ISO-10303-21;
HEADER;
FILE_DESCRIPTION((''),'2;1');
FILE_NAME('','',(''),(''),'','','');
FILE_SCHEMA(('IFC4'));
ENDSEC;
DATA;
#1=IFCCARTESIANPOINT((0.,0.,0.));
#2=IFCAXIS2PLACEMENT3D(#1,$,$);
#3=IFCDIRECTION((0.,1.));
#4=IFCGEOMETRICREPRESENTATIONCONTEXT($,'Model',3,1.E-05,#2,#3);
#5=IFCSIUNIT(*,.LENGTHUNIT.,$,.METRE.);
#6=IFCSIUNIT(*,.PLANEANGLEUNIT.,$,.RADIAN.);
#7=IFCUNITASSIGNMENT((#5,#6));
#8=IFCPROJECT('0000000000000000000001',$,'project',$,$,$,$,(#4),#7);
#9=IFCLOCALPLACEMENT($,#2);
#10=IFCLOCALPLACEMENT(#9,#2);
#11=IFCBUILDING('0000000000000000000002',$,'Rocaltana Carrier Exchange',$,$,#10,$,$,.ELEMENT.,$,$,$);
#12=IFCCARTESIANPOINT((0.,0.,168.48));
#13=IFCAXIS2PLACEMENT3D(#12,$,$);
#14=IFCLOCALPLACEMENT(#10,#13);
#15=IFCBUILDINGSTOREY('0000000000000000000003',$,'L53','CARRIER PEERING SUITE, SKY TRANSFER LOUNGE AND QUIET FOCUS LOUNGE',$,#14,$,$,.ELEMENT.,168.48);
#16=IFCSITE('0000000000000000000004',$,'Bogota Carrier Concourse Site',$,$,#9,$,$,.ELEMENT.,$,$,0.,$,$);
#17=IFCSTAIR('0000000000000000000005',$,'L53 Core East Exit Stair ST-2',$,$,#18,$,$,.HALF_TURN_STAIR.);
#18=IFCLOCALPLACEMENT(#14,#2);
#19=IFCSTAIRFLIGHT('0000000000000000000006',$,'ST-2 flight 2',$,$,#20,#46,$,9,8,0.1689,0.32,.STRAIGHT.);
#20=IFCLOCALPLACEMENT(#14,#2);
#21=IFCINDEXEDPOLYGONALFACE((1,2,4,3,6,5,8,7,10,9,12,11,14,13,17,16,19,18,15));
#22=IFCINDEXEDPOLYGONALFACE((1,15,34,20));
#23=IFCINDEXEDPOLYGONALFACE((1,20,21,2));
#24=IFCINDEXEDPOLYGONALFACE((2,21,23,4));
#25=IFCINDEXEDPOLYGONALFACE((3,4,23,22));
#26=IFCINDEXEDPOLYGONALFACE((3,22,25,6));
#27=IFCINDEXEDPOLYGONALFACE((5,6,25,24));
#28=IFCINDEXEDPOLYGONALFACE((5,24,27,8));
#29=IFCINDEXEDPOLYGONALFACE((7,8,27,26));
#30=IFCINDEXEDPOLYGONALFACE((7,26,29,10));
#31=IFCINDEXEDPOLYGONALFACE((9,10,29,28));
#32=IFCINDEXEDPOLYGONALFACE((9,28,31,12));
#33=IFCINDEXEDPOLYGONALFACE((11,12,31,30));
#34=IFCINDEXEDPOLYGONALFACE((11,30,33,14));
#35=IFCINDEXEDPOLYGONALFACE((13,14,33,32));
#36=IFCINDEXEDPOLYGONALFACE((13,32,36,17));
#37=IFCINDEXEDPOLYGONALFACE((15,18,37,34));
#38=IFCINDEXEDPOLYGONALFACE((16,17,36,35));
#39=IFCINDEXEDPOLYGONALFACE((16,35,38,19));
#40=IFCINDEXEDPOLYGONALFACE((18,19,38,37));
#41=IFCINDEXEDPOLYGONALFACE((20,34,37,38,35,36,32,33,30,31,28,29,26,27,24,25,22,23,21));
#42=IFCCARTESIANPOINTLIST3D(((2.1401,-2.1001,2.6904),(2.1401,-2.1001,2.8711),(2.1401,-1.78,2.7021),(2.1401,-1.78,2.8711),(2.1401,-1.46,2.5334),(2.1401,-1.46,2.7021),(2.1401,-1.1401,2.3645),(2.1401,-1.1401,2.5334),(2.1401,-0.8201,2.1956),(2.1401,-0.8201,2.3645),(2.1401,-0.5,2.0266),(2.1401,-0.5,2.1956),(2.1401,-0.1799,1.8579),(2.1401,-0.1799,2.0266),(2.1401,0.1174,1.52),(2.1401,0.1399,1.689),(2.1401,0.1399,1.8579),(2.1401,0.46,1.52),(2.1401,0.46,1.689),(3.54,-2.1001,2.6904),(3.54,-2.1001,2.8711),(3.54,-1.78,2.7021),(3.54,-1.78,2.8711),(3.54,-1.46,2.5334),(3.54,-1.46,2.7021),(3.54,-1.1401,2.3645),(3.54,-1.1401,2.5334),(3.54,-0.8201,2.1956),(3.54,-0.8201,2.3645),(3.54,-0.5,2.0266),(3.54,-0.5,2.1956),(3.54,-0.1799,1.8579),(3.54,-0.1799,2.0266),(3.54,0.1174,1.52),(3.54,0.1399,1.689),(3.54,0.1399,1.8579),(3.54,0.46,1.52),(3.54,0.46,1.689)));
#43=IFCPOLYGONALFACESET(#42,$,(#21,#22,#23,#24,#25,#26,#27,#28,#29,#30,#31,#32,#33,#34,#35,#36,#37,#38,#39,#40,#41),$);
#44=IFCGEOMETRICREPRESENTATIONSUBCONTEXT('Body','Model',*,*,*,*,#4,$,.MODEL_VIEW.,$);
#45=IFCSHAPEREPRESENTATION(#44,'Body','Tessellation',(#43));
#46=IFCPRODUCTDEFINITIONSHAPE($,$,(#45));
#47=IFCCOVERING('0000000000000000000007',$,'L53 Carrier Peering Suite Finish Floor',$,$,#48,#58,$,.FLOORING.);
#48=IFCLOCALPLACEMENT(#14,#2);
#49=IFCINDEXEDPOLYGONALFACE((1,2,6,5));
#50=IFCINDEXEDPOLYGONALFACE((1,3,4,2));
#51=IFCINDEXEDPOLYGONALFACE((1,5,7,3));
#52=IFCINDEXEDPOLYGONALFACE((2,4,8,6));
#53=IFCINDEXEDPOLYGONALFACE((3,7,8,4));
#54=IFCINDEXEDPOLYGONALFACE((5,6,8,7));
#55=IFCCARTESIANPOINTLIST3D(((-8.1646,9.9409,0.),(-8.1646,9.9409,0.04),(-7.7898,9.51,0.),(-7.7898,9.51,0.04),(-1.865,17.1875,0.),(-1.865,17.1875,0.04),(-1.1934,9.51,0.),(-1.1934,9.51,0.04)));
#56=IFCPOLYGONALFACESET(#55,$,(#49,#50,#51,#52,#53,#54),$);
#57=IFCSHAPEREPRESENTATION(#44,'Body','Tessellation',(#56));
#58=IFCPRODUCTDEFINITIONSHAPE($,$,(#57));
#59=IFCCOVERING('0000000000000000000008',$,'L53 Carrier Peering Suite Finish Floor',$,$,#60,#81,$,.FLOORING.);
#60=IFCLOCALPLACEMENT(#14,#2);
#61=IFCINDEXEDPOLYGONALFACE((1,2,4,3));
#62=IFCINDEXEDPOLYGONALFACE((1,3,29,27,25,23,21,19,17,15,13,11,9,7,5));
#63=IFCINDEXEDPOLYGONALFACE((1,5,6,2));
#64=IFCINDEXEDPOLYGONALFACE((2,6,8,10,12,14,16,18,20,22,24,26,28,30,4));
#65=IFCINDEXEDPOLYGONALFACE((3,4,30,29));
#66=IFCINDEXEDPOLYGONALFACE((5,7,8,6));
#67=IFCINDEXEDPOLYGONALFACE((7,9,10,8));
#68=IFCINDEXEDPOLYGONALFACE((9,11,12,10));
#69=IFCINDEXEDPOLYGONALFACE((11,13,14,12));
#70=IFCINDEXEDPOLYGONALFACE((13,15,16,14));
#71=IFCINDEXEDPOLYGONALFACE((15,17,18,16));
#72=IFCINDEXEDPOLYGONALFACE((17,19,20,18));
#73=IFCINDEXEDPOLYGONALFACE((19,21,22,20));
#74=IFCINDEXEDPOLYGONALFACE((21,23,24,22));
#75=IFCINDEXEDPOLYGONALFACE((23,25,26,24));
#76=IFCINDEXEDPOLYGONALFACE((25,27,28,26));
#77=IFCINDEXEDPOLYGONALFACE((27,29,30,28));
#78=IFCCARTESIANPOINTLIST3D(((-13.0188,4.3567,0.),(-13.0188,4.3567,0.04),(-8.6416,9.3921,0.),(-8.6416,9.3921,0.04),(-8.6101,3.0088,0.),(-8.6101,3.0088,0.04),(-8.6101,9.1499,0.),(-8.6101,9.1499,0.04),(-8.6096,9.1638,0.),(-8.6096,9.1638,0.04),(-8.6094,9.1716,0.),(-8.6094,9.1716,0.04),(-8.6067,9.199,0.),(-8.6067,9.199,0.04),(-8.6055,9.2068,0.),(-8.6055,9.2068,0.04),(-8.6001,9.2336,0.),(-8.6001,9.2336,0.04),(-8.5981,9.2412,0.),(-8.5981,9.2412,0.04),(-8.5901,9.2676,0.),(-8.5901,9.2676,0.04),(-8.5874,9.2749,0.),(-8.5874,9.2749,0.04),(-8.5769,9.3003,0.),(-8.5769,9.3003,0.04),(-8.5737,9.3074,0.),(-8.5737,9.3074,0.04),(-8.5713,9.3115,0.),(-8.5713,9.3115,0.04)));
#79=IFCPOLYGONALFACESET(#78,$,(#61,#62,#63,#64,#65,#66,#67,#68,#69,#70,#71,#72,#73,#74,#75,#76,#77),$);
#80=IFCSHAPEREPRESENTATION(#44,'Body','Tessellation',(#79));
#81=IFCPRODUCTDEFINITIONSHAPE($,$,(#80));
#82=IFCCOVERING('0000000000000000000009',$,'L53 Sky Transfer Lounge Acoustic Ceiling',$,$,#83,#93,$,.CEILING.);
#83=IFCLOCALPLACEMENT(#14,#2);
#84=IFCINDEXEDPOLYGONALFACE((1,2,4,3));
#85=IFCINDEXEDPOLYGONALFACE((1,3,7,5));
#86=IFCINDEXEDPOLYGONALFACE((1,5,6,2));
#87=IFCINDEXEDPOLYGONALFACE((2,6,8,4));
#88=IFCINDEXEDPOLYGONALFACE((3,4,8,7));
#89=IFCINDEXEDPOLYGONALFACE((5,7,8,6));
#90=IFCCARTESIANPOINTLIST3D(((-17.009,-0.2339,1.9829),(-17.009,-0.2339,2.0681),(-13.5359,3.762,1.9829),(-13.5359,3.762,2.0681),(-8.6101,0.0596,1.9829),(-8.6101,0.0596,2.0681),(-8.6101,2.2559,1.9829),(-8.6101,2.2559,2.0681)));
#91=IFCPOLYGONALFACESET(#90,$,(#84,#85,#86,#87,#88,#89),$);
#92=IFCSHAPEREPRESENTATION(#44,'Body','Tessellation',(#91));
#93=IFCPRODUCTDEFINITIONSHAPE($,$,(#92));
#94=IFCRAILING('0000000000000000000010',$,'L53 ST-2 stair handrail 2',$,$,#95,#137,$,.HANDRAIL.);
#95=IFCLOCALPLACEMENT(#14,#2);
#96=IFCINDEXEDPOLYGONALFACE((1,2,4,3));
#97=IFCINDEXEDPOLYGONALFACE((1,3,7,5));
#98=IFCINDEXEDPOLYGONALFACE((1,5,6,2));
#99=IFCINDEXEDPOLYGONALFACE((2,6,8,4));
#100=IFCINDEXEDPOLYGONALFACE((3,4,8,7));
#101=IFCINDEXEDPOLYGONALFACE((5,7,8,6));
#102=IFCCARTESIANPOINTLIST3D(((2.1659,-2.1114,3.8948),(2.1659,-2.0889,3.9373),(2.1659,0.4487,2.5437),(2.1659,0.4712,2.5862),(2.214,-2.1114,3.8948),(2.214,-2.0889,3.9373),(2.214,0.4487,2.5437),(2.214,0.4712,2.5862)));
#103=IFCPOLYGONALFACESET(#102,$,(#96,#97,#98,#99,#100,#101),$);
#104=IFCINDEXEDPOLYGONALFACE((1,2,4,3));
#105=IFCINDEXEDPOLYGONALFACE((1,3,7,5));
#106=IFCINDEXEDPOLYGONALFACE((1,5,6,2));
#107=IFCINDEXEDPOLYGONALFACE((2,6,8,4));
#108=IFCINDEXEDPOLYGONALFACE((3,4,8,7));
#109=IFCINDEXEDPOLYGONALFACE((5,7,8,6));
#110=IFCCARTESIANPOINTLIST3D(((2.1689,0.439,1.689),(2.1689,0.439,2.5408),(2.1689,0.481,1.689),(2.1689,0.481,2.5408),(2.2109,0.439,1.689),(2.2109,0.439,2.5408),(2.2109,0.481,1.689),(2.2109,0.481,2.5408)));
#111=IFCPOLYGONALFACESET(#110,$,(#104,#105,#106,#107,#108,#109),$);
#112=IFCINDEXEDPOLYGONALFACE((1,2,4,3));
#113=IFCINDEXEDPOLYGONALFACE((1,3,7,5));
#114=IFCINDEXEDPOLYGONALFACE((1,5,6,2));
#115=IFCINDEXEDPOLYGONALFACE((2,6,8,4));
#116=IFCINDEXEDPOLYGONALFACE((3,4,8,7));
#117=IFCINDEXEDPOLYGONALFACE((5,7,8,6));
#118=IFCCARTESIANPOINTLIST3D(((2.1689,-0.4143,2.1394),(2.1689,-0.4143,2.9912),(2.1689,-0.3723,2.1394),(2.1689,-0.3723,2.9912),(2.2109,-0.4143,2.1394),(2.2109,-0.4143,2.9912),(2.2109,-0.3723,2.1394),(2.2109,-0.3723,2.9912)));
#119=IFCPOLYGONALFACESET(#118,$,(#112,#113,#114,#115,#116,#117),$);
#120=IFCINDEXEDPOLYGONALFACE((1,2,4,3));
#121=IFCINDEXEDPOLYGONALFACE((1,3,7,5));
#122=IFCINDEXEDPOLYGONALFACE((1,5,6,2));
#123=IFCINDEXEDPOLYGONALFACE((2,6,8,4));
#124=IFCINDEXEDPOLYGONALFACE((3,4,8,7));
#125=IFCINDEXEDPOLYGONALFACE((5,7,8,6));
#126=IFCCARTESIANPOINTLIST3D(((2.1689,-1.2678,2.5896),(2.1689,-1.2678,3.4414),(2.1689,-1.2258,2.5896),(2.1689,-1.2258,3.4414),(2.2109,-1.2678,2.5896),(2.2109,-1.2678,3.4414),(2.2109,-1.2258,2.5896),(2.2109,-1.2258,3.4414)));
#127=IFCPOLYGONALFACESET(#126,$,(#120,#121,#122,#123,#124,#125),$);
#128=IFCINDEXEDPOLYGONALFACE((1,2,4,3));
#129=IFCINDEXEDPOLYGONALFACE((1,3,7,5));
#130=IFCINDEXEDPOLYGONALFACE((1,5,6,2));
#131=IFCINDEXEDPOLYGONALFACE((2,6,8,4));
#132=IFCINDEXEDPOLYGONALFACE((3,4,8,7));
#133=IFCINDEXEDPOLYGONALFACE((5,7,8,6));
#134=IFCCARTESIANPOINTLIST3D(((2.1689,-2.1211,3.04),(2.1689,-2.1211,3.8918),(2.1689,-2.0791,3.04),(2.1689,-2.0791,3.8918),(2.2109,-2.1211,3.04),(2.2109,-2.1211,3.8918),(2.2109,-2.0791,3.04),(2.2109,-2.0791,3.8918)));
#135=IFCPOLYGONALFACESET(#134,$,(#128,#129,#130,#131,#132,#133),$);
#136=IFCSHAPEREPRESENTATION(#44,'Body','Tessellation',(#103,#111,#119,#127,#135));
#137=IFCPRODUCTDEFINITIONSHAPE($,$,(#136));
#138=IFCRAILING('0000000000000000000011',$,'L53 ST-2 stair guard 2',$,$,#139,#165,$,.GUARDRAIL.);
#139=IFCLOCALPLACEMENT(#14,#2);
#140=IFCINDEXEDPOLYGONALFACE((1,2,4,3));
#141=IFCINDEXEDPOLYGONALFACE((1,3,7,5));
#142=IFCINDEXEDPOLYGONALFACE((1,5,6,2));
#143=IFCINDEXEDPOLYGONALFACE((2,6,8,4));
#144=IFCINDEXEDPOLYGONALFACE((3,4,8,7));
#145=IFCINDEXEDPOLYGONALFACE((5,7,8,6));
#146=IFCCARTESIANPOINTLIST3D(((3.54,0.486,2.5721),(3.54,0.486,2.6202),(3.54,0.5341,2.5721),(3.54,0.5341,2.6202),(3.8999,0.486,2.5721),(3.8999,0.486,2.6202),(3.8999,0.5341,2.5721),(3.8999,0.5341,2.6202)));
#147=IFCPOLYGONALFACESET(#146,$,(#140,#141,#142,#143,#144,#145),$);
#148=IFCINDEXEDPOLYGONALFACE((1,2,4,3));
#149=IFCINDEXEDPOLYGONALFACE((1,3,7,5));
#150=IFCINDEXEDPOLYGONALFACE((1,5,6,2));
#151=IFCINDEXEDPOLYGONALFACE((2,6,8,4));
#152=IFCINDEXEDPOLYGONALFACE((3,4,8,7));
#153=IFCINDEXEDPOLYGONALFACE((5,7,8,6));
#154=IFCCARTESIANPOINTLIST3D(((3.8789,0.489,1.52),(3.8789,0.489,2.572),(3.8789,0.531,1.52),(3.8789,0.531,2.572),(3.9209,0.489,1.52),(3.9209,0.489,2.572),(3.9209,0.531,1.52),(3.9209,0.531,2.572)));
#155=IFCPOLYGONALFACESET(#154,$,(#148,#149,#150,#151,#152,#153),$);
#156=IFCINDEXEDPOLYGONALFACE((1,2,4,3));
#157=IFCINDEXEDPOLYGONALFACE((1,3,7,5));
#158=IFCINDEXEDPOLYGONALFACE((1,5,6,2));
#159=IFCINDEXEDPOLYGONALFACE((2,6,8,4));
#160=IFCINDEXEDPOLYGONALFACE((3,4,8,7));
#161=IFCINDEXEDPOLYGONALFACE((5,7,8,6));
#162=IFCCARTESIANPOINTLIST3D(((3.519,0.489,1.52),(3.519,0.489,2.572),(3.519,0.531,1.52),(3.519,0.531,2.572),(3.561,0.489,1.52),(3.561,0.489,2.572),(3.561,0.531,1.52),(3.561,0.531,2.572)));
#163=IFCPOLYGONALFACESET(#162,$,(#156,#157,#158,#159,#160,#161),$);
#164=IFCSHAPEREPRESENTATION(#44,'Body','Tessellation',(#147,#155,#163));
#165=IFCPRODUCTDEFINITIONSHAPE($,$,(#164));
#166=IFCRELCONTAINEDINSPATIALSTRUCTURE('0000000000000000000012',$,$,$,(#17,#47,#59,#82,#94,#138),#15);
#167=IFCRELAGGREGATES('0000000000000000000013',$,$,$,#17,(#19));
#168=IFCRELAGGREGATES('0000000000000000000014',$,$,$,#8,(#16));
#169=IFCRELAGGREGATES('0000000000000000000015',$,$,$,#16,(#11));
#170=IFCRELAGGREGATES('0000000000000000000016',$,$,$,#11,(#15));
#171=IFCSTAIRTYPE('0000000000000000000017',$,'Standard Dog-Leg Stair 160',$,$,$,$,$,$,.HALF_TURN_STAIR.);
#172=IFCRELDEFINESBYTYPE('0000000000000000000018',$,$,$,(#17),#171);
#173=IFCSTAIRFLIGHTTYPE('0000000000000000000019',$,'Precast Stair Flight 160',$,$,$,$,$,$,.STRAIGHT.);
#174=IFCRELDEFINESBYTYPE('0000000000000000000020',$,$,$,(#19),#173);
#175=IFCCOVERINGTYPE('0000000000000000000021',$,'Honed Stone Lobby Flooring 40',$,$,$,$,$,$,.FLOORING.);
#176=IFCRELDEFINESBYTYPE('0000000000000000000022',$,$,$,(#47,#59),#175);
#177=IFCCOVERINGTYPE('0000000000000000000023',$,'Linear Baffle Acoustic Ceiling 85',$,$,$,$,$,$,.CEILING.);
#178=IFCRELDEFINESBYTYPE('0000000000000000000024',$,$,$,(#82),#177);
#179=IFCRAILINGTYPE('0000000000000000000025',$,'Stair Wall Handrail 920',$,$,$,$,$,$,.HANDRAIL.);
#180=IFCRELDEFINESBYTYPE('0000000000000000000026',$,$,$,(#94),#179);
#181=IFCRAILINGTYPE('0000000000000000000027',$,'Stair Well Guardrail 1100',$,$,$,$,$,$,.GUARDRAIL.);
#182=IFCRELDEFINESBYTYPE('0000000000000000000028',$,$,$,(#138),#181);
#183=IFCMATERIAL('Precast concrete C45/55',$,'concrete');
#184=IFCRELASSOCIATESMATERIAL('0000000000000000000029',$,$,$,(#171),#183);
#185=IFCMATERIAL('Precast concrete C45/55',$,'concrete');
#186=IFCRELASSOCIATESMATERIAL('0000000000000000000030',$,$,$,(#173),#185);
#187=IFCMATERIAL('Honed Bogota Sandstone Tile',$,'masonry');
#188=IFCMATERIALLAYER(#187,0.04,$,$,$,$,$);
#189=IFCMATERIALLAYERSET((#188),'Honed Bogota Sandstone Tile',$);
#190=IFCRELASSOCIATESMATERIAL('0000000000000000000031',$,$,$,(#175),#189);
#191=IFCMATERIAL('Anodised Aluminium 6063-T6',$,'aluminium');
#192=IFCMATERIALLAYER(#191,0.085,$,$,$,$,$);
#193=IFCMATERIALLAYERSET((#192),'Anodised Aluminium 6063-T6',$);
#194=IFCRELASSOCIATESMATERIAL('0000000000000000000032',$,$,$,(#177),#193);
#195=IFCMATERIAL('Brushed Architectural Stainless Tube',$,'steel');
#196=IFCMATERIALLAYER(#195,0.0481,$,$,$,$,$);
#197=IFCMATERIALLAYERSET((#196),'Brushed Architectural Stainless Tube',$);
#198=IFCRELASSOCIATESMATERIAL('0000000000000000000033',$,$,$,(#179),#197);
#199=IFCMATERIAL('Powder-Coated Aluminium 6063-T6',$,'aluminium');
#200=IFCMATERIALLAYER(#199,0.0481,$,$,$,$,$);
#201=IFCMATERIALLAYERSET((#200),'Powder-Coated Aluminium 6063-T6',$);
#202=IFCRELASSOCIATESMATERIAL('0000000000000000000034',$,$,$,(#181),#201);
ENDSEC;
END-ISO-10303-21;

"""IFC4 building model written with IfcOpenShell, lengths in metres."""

from ifc_helpers import new_model, si_unit, direction, frame, origin, origin_2d, place, context, subcontext, project, spatial, polyline, rectangle, outline, extrude, material, layer, layer_set, type_object, element, aggregate, save


model = new_model("IFC4")

# Units and contexts
model_context = context("Model", 3, precision=1e-05, world=origin(), true_north=direction((0.0, 1.0)))
body_context = subcontext(model_context, "Body", "Model", "MODEL_VIEW")
ifc_project = project(units=[si_unit("LENGTHUNIT", "METRE"), si_unit("PLANEANGLEUNIT", "RADIAN")], contexts=[model_context])

# Site, building, storey
site_placement = place(None, origin())
site = spatial("IfcSite", under=ifc_project, at=site_placement, Name="Bogota Carrier Concourse Site", CompositionType="ELEMENT", RefElevation=0.0)
building_placement = place(site_placement, origin())
building = spatial("IfcBuilding", under=site, at=building_placement, Name="Rocaltana Carrier Exchange", CompositionType="ELEMENT")
storey_placement = place(building_placement, frame((0.0, 0.0, 168.48)))
storey = spatial("IfcBuildingStorey", under=building, at=storey_placement, Name="L53", Description="CARRIER PEERING SUITE, SKY TRANSFER LOUNGE AND QUIET FOCUS LOUNGE", CompositionType="ELEMENT", Elevation=168.48)

# Stair, stair flight
ifc_material_1 = material(Name="Precast concrete C45/55", Category="concrete")
stair_type = type_object("IfcStairType", Name="Standard Dog-Leg Stair 160", PredefinedType="HALF_TURN_STAIR", material=ifc_material_1)
stair_placement = place(storey_placement, origin())
stair = element("IfcStair", 1, at=stair_placement, inside=storey, type_object=stair_type, Name="L53 Core East Exit Stair ST-2", PredefinedType="HALF_TURN_STAIR")
ifc_material_2 = material(Name="Precast concrete C45/55", Category="concrete")
stair_flight_type = type_object("IfcStairFlightType", Name="Precast Stair Flight 160", PredefinedType="STRAIGHT", material=ifc_material_2)
stair_flight_placement = place(storey_placement, frame((2.8401, 0.46, 1.52), z_axis=(0.0, 0.0, 1.0), x_axis=(0.0, -1.0, 0.0)))
stair_flight = element("IfcStairFlight", 2, at=stair_flight_placement, type_object=stair_flight_type, Name="ST-2 flight 2", NumberOfRisers=9, NumberOfTreads=8, PredefinedType="STRAIGHT", RiserHeight=0.1689, TreadLength=0.32, context=body_context, shape_type="SweptSolid", body=[
    extrude(outline(polyline([(0.0, 0.0), (0.0, 0.1689), (0.3201, 0.1689), (0.3201, 0.3379), (0.6399, 0.3379), (0.6399, 0.5066), (0.96, 0.5066), (0.96, 0.6755), (1.28, 0.6755), (1.28, 0.8445), (1.6001, 0.8445), (1.6001, 1.0134), (1.9199, 1.0134), (1.9199, 1.1821), (2.24, 1.1821), (2.24, 1.3511), (2.5601, 1.3511), (2.5601, 1.52), (2.5601, 1.1704), (0.3425, 0.0), (0.0, 0.0)])), frame((0.0, 0.7, 0.0), z_axis=(0.0, -1.0, 0.0), x_axis=(1.0, 0.0, 0.0)), (0.0, 0.0, 1.0), 1.3999),
])
aggregate(stair, [stair_flight])

# Coverings
ifc_material_3 = material(Name="Honed Bogota Sandstone Tile", Category="masonry")
ifc_layer_1 = layer(ifc_material_3, 0.04)
ifc_layer_set_1 = layer_set([ifc_layer_1], Name="Honed Bogota Sandstone Tile")
covering_type_1 = type_object("IfcCoveringType", Name="Honed Stone Lobby Flooring 40", PredefinedType="FLOORING", material=ifc_layer_set_1)
covering_1_placement = place(storey_placement, origin())
element("IfcCovering", 3, at=covering_1_placement, inside=storey, type_object=covering_type_1, Name="L53 Carrier Peering Suite Finish Floor", PredefinedType="FLOORING", context=body_context, shape_type="SweptSolid", body=[
    extrude(outline(polyline([(-1.865, 17.1875), (-1.1934, 9.51), (-7.7898, 9.51), (-8.1646, 9.9409), (-1.865, 17.1875)])), origin(), (0.0, 0.0, 1.0), 0.04),
])
covering_2_placement = place(storey_placement, origin())
element("IfcCovering", 4, at=covering_2_placement, inside=storey, type_object=covering_type_1, Name="L53 Carrier Peering Suite Finish Floor", PredefinedType="FLOORING", context=body_context, shape_type="SweptSolid", body=[
    extrude(outline(polyline([(-8.6416, 9.3921), (-8.5713, 9.3115), (-8.5737, 9.3074), (-8.5769, 9.3003), (-8.5874, 9.2749), (-8.5901, 9.2676), (-8.5981, 9.2412), (-8.6001, 9.2336), (-8.6055, 9.2068), (-8.6067, 9.199), (-8.6094, 9.1716), (-8.6096, 9.1638), (-8.6101, 9.1499), (-8.6101, 3.0088), (-13.0188, 4.3567), (-8.6416, 9.3921)])), origin(), (0.0, 0.0, 1.0), 0.04),
])
ifc_material_4 = material(Name="Anodised Aluminium 6063-T6", Category="aluminium")
ifc_layer_2 = layer(ifc_material_4, 0.085)
ifc_layer_set_2 = layer_set([ifc_layer_2], Name="Anodised Aluminium 6063-T6")
covering_type_2 = type_object("IfcCoveringType", Name="Linear Baffle Acoustic Ceiling 85", PredefinedType="CEILING", material=ifc_layer_set_2)
covering_3_placement = place(storey_placement, frame((0.0, 0.0, 1.9829)))
element("IfcCovering", 5, at=covering_3_placement, inside=storey, type_object=covering_type_2, Name="L53 Sky Transfer Lounge Acoustic Ceiling", PredefinedType="CEILING", context=body_context, shape_type="SweptSolid", body=[
    extrude(outline(polyline([(-13.5359, 3.762), (-8.6101, 2.2559), (-8.6101, 0.0596), (-17.009, -0.2339), (-13.5359, 3.762)])), origin(), (0.0, 0.0, 1.0), 0.0852),
])

# Railings
ifc_material_5 = material(Name="Brushed Architectural Stainless Tube", Category="steel")
ifc_layer_3 = layer(ifc_material_5, 0.0481)
ifc_layer_set_3 = layer_set([ifc_layer_3], Name="Brushed Architectural Stainless Tube")
railing_type_1 = type_object("IfcRailingType", Name="Stair Wall Handrail 920", PredefinedType="HANDRAIL", material=ifc_layer_set_3)
railing_1_placement = place(storey_placement, frame((2.1899, 0.46, 1.689)))
element("IfcRailing", 6, at=railing_1_placement, inside=storey, type_object=railing_type_1, Name="L53 ST-2 stair handrail 2", PredefinedType="HANDRAIL", context=body_context, shape_type="SweptSolid", body=[
    extrude(rectangle(XDim=0.0481, YDim=0.0481, at=origin_2d()), frame((0.0, 0.0, 0.876), z_axis=(0.0, -0.884394, 0.46674), x_axis=(1.0, 0.0, 0.0)), (0.0, 0.0, 1.0), 2.8948),
    extrude(rectangle(XDim=0.042, YDim=0.042, at=origin_2d()), origin(), (0.0, 0.0, 1.0), 0.8518),
    extrude(rectangle(XDim=0.042, YDim=0.042, at=origin_2d()), frame((0.0, -0.8533, 0.4504)), (0.0, 0.0, 1.0), 0.8518),
    extrude(rectangle(XDim=0.042, YDim=0.042, at=origin_2d()), frame((0.0, -1.7068, 0.9006)), (0.0, 0.0, 1.0), 0.8518),
    extrude(rectangle(XDim=0.042, YDim=0.042, at=origin_2d()), frame((0.0, -2.5601, 1.3511)), (0.0, 0.0, 1.0), 0.8518),
])
ifc_material_6 = material(Name="Powder-Coated Aluminium 6063-T6", Category="aluminium")
ifc_layer_4 = layer(ifc_material_6, 0.0481)
ifc_layer_set_4 = layer_set([ifc_layer_4], Name="Powder-Coated Aluminium 6063-T6")
railing_type_2 = type_object("IfcRailingType", Name="Stair Well Guardrail 1100", PredefinedType="GUARDRAIL", material=ifc_layer_set_4)
railing_2_placement = place(storey_placement, frame((3.8999, 0.51, 1.52)))
element("IfcRailing", 7, at=railing_2_placement, inside=storey, type_object=railing_type_2, Name="L53 ST-2 stair guard 2", PredefinedType="GUARDRAIL", context=body_context, shape_type="SweptSolid", body=[
    extrude(rectangle(XDim=0.0481, YDim=0.0481, at=origin_2d()), frame((0.0, 0.0, 1.0762), z_axis=(-1.0, 0.0, 0.0), x_axis=(0.0, -1.0, 0.0)), (0.0, 0.0, 1.0), 0.3599),
    extrude(rectangle(XDim=0.042, YDim=0.042, at=origin_2d()), origin(), (0.0, 0.0, 1.0), 1.052),
    extrude(rectangle(XDim=0.042, YDim=0.042, at=origin_2d()), frame((-0.3599, 0.0, 0.0)), (0.0, 0.0, 1.0), 1.052),
])

save(model, "model.ifc")
